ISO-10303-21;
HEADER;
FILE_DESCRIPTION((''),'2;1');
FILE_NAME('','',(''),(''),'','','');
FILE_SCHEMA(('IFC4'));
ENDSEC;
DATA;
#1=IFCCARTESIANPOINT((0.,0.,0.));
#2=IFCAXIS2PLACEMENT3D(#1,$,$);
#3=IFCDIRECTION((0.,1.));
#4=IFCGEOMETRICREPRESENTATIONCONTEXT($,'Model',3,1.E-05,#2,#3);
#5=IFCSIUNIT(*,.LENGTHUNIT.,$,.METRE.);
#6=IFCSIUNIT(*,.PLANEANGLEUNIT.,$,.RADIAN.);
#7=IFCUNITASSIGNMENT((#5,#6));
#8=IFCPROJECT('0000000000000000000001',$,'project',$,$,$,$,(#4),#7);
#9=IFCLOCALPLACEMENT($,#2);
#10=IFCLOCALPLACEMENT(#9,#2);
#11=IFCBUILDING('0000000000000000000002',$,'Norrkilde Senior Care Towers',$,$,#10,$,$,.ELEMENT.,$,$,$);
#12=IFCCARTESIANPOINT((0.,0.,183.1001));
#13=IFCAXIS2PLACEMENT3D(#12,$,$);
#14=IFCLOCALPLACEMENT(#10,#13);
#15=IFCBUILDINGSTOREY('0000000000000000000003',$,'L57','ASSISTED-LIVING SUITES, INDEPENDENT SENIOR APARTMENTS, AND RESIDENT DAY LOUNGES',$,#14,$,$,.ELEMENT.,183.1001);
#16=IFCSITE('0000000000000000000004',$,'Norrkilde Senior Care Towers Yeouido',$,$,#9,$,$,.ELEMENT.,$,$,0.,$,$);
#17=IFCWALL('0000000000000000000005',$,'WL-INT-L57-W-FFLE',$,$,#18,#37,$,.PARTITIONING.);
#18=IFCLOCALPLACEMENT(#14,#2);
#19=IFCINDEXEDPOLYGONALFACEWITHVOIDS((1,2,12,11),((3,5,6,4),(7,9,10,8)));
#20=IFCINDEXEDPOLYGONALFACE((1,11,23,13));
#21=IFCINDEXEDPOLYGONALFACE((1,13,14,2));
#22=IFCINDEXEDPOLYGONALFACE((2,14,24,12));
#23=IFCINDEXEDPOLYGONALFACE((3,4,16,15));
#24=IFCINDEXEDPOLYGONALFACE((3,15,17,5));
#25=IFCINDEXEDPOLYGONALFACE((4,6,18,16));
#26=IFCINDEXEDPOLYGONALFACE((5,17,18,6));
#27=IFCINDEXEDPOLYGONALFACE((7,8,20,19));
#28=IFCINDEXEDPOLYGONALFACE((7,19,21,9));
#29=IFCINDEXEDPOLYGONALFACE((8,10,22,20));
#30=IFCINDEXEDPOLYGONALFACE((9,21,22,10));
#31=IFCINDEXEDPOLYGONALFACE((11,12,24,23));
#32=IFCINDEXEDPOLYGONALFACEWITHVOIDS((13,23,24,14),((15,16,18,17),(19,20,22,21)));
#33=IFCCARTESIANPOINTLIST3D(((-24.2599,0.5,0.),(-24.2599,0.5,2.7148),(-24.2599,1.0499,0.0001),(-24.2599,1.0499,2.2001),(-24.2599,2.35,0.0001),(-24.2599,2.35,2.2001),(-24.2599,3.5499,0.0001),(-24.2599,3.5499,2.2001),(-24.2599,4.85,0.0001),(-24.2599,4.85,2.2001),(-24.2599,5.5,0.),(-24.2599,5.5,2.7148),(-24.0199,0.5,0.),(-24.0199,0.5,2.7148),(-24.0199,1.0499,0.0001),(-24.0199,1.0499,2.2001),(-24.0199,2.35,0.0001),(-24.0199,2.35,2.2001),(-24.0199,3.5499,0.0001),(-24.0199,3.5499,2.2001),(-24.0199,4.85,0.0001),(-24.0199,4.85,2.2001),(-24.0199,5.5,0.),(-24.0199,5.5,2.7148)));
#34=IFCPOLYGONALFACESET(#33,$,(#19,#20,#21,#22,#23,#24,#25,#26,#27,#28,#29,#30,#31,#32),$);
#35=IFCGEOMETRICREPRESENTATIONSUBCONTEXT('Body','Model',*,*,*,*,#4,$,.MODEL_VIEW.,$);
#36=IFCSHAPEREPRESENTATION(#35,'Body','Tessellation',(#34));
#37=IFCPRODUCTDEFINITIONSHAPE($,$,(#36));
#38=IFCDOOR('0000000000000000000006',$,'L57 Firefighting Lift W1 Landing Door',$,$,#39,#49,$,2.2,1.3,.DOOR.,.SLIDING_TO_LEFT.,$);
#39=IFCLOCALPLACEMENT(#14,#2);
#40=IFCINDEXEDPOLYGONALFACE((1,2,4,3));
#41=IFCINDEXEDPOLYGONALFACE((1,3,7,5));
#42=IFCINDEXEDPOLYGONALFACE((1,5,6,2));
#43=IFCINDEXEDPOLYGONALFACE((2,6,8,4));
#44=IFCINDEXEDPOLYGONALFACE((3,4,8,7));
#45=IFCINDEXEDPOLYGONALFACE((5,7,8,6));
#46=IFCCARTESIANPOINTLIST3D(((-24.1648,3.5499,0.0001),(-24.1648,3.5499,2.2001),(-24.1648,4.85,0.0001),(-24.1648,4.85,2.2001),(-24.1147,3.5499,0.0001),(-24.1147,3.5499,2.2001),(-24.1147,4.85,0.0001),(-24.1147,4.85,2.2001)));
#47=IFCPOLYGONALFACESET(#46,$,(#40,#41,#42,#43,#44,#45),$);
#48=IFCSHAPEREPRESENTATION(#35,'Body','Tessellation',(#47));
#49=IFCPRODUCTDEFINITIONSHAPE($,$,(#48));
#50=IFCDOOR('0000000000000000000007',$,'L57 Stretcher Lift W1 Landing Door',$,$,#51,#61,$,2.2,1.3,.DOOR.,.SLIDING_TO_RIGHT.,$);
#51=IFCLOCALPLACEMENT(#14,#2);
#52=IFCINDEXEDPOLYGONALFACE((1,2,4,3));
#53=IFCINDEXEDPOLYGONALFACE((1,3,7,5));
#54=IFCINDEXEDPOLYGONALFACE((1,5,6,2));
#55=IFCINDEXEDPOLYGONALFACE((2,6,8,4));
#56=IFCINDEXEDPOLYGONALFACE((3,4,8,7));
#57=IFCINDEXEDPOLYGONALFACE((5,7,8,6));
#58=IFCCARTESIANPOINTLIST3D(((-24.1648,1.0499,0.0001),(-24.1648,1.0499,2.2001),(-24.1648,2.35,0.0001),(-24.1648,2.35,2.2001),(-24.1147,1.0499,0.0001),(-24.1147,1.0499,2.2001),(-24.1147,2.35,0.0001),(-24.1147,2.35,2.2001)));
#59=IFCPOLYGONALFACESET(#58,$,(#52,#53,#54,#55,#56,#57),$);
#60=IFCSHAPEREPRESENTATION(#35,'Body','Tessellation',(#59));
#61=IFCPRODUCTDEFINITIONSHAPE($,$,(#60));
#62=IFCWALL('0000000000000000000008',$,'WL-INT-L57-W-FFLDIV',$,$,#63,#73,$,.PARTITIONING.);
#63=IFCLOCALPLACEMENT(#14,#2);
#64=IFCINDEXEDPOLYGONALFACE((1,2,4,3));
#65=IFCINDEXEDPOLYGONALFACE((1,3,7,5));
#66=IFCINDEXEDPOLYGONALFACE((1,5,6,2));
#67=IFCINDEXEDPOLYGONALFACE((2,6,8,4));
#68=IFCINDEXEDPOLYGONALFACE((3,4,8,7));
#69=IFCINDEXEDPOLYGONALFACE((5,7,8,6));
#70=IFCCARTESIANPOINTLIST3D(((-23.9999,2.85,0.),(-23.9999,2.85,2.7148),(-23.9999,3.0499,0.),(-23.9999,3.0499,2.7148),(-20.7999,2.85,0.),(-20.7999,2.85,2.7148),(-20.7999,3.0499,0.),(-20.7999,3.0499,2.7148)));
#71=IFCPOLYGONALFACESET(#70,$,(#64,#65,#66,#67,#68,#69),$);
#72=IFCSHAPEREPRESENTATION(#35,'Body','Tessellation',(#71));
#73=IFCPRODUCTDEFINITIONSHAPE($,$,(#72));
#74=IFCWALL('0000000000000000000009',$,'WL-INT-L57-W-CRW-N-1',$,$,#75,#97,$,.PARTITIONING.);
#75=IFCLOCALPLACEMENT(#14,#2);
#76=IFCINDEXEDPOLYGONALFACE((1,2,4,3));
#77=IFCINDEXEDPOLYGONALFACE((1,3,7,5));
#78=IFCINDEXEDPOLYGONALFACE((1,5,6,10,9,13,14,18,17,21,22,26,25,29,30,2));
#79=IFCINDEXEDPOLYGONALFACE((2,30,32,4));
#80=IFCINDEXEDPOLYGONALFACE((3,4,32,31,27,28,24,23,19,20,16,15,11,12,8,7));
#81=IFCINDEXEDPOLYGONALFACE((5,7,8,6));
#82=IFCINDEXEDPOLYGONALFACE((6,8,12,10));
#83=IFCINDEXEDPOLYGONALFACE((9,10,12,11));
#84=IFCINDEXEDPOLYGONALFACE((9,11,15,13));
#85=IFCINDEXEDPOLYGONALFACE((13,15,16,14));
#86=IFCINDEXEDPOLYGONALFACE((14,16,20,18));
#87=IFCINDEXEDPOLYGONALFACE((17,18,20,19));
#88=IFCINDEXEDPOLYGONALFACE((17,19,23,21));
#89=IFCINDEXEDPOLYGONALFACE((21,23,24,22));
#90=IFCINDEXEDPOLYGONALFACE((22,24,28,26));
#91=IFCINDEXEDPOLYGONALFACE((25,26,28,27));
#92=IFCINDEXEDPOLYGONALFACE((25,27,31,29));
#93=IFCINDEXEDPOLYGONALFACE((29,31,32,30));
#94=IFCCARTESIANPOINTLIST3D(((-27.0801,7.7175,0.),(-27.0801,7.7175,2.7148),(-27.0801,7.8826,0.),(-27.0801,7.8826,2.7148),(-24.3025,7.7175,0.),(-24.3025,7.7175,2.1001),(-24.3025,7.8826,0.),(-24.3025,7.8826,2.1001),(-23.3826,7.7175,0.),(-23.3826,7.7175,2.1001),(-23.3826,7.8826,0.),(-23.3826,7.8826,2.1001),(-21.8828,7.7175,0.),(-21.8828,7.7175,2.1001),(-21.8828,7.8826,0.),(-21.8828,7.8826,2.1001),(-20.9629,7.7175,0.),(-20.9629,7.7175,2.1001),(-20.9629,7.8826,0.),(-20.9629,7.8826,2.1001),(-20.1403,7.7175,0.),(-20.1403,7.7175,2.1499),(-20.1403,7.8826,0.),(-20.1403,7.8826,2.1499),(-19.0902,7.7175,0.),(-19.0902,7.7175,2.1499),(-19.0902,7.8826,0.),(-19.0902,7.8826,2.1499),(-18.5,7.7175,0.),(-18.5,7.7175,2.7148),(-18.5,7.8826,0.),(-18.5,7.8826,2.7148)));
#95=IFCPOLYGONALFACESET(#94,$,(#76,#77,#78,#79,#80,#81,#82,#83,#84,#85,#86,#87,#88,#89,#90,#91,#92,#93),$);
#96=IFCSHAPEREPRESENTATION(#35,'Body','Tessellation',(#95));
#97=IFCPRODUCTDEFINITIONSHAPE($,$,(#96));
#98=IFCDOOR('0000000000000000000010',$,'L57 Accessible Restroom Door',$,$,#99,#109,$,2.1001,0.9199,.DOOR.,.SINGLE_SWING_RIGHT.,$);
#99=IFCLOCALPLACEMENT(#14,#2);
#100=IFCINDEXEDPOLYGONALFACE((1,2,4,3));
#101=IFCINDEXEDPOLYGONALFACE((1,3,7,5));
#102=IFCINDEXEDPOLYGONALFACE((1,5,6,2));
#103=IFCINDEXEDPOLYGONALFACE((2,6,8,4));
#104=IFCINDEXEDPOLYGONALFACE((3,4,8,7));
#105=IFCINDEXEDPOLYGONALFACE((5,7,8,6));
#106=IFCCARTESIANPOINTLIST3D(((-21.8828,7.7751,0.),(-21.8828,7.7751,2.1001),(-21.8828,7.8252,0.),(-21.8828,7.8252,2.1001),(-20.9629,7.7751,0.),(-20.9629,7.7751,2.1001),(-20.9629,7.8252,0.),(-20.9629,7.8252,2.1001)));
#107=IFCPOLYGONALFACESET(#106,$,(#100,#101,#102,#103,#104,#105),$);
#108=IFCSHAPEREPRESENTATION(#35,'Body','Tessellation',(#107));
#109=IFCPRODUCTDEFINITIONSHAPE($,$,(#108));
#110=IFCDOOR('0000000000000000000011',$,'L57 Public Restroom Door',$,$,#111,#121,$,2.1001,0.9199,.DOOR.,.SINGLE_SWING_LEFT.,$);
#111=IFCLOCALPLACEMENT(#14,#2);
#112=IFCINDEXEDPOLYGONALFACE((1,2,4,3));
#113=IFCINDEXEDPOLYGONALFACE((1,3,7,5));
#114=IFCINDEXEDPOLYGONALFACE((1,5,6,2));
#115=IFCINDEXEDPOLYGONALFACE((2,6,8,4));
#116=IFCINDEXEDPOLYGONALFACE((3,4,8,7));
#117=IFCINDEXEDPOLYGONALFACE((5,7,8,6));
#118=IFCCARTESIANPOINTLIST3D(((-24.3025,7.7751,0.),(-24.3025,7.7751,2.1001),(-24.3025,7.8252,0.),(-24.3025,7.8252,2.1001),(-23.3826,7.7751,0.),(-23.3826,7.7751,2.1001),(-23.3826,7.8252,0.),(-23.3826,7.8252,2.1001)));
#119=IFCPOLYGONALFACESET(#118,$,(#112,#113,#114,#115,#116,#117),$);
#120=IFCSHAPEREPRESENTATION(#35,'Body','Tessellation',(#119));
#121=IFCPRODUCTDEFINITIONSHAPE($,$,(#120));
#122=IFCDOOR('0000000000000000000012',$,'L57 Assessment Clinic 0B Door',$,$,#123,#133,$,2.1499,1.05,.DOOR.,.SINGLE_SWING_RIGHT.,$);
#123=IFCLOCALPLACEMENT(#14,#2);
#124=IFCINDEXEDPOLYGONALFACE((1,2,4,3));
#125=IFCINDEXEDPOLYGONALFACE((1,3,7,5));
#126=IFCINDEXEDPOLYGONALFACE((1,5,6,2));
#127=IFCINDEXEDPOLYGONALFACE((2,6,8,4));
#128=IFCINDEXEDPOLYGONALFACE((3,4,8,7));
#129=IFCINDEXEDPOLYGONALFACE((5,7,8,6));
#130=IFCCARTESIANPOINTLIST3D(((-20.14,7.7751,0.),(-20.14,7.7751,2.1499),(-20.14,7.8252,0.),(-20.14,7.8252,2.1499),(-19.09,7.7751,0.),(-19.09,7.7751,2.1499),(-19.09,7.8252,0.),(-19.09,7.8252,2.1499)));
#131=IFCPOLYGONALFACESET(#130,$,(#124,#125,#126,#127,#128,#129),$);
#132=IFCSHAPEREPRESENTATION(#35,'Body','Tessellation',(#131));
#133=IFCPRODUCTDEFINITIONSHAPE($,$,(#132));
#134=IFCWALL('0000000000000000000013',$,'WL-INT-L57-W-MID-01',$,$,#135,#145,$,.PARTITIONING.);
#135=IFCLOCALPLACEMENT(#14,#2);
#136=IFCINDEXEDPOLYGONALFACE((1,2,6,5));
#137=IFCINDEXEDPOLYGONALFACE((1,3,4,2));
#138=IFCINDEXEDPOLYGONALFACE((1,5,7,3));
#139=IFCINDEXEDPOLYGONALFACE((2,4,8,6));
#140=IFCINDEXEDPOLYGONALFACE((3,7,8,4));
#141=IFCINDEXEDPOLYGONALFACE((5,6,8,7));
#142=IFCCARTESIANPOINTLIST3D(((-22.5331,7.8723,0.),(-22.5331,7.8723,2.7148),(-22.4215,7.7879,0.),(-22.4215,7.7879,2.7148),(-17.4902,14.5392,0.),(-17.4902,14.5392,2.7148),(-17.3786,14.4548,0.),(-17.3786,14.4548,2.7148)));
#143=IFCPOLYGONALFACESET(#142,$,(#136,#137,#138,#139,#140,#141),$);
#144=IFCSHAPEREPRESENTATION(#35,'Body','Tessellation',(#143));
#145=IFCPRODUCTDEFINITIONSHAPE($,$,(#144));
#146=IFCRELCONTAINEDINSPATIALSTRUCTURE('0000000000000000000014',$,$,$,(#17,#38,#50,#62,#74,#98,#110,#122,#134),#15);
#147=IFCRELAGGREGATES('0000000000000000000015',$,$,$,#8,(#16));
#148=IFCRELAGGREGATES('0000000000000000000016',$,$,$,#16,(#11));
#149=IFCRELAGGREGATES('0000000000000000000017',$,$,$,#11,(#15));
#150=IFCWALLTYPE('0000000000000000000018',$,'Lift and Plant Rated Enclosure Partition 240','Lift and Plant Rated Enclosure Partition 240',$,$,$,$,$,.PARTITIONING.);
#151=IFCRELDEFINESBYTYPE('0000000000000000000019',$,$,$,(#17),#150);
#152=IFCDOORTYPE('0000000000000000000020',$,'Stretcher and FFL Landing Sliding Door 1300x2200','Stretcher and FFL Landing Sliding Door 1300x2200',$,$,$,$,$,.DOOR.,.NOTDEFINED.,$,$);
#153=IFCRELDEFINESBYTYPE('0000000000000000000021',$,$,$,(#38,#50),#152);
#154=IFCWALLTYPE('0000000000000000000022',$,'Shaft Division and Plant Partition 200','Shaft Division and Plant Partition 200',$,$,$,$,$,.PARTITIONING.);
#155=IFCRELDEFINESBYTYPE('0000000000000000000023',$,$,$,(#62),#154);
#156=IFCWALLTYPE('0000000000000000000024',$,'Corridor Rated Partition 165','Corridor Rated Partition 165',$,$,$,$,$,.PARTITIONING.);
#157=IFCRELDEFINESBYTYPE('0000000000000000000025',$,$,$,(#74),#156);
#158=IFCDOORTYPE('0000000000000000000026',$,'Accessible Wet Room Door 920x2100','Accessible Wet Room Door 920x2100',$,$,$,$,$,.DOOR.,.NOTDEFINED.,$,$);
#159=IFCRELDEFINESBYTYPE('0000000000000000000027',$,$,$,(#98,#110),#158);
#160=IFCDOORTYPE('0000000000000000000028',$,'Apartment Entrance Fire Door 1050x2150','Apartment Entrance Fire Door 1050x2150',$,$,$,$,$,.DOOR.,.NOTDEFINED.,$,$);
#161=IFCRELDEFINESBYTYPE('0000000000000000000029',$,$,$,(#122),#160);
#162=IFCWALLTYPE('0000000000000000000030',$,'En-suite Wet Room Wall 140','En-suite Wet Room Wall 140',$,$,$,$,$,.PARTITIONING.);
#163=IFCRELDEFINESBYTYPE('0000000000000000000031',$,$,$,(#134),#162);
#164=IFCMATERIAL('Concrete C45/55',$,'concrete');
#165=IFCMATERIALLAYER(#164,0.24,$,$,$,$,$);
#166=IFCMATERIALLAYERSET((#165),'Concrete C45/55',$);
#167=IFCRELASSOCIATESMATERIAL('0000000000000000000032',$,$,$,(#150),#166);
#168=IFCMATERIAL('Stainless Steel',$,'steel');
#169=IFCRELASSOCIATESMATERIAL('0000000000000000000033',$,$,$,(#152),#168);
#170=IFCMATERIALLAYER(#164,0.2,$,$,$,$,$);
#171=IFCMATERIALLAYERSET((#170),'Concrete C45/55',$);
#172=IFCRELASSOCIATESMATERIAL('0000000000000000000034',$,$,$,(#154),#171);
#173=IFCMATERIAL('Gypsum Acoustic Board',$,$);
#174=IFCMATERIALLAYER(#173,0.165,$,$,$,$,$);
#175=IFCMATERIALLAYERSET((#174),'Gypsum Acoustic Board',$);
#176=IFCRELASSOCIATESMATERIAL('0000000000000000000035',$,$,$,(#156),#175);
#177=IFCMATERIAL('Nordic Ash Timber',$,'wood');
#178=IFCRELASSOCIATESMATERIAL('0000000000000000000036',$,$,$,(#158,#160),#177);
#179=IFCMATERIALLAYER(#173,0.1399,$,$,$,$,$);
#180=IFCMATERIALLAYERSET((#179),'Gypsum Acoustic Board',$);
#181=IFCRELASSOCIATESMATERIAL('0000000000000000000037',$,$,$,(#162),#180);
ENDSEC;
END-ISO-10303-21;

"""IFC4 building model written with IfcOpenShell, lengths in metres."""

from ifc_helpers import new_model, si_unit, direction, frame, frame_2d, origin, place, context, subcontext, project, spatial, rectangle, extrude, source, transform, mapped, material, layer, layer_set, type_object, type_shapes, element, fill, save


model = new_model("IFC4")

# Units and contexts
model_context = context("Model", 3, precision=1e-05, world=origin(), true_north=direction((0.0, 1.0)))
body_context = subcontext(model_context, "Body", "Model", "MODEL_VIEW")
ifc_project = project(units=[si_unit("LENGTHUNIT", "METRE"), si_unit("PLANEANGLEUNIT", "RADIAN")], contexts=[model_context])

# Site, building, storey
site_placement = place(None, origin())
site = spatial("IfcSite", under=ifc_project, at=site_placement, Name="Norrkilde Senior Care Towers Yeouido", CompositionType="ELEMENT", RefElevation=0.0)
building_placement = place(site_placement, origin())
building = spatial("IfcBuilding", under=site, at=building_placement, Name="Norrkilde Senior Care Towers", CompositionType="ELEMENT")
storey_placement = place(building_placement, frame((0.0, 0.0, 183.1001)))
storey = spatial("IfcBuildingStorey", under=building, at=storey_placement, Name="L57", Description="ASSISTED-LIVING SUITES, INDEPENDENT SENIOR APARTMENTS, AND RESIDENT DAY LOUNGES", CompositionType="ELEMENT", Elevation=183.1001)

# Shared definitions
ifc_material_1 = material(Name="Concrete C45/55", Category="concrete")

# Wall, openings, doors
ifc_layer_1 = layer(ifc_material_1, 0.24)
ifc_layer_set_1 = layer_set([ifc_layer_1], Name="Concrete C45/55")
wall_type_1 = type_object("IfcWallType", Name="Lift and Plant Rated Enclosure Partition 240", Description="Lift and Plant Rated Enclosure Partition 240", PredefinedType="PARTITIONING", material=ifc_layer_set_1)
shared_shape_1 = source(origin(), body_context, "Body", "SweptSolid", [
    extrude(rectangle(XDim=5.0, YDim=0.24, at=frame_2d((2.5, 0.0))), origin(), (0.0, 0.0, 1.0), 2.7148),
])
type_shapes(wall_type_1, [shared_shape_1])
wall_1_placement = place(storey_placement, frame((-24.1399, 0.5, 0.0), z_axis=(0.0, 0.0, 1.0), x_axis=(0.0, 1.0, 0.0)))
wall_1 = element("IfcWall", 1, at=wall_1_placement, inside=storey, type_object=wall_type_1, Name="WL-INT-L57-W-FFLE", PredefinedType="PARTITIONING", context=body_context, shape_type="MappedRepresentation", body=[
    mapped(shared_shape_1, transform((0.0, 0.0, 0.0), x_axis=(1.0, 0.0, 0.0), y_axis=(0.0, 1.0, 0.0), z_axis=(0.0, 0.0, 1.0), scale=1.0)),
])
opening_1_placement = place(wall_1_placement, frame((3.05, 0.0, 0.0)))
opening_1 = element("IfcOpeningElement", 2, at=opening_1_placement, cuts=wall_1, PredefinedType="OPENING", context=body_context, shape_type="SweptSolid", body=[
    extrude(rectangle(XDim=1.3, YDim=2.2, at=frame_2d((0.6499, 1.1001))), frame((0.0, 0.1299, 0.0), z_axis=(0.0, -1.0, 0.0), x_axis=(1.0, 0.0, 0.0)), (0.0, 0.0, 1.0), 0.26),
])
opening_2_placement = place(wall_1_placement, frame((0.55, 0.0, 0.0)))
opening_2 = element("IfcOpeningElement", 3, at=opening_2_placement, cuts=wall_1, PredefinedType="OPENING", context=body_context, shape_type="SweptSolid", body=[
    extrude(rectangle(XDim=1.3, YDim=2.2, at=frame_2d((0.6499, 1.1001))), frame((0.0, 0.1299, 0.0), z_axis=(0.0, -1.0, 0.0), x_axis=(1.0, 0.0, 0.0)), (0.0, 0.0, 1.0), 0.26),
])
ifc_material_2 = material(Name="Stainless Steel", Category="steel")
door_type_1 = type_object("IfcDoorType", Name="Stretcher and FFL Landing Sliding Door 1300x2200", Description="Stretcher and FFL Landing Sliding Door 1300x2200", OperationType="NOTDEFINED", PredefinedType="DOOR", material=ifc_material_2)
shared_shape_2 = source(origin(), body_context, "Body", "SweptSolid", [
    extrude(rectangle(XDim=1.3, YDim=2.2, at=frame_2d((0.6499, 1.1001))), frame((0.0, 0.0249, 0.0), z_axis=(0.0, -1.0, 0.0), x_axis=(1.0, 0.0, 0.0)), (0.0, 0.0, 1.0), 0.05),
])
type_shapes(door_type_1, [shared_shape_2])
door_1_placement = place(opening_1_placement, origin())
door_1 = element("IfcDoor", 4, at=door_1_placement, inside=storey, type_object=door_type_1, Name="L57 Firefighting Lift W1 Landing Door", OperationType="SLIDING_TO_LEFT", OverallHeight=2.2, OverallWidth=1.3, PredefinedType="DOOR", context=body_context, shape_type="MappedRepresentation", body=[
    mapped(shared_shape_2, transform((0.0, 0.0, 0.0), x_axis=(1.0, 0.0, 0.0), y_axis=(0.0, 1.0, 0.0), z_axis=(0.0, 0.0, 1.0), scale=1.0)),
])
fill(opening_1, door_1)
door_2_placement = place(opening_2_placement, origin())
door_2 = element("IfcDoor", 5, at=door_2_placement, inside=storey, type_object=door_type_1, Name="L57 Stretcher Lift W1 Landing Door", OperationType="SLIDING_TO_RIGHT", OverallHeight=2.2, OverallWidth=1.3, PredefinedType="DOOR", context=body_context, shape_type="MappedRepresentation", body=[
    mapped(shared_shape_2, transform((0.0, 0.0, 0.0), x_axis=(1.0, 0.0, 0.0), y_axis=(0.0, 1.0, 0.0), z_axis=(0.0, 0.0, 1.0), scale=1.0)),
])
fill(opening_2, door_2)

# Wall
ifc_layer_2 = layer(ifc_material_1, 0.2)
ifc_layer_set_2 = layer_set([ifc_layer_2], Name="Concrete C45/55")
wall_type_2 = type_object("IfcWallType", Name="Shaft Division and Plant Partition 200", Description="Shaft Division and Plant Partition 200", PredefinedType="PARTITIONING", material=ifc_layer_set_2)
shared_shape_3 = source(origin(), body_context, "Body", "SweptSolid", [
    extrude(rectangle(XDim=3.2, YDim=0.2, at=frame_2d((1.6001, 0.0))), origin(), (0.0, 0.0, 1.0), 2.7148),
])
type_shapes(wall_type_2, [shared_shape_3])
wall_2_placement = place(storey_placement, frame((-24.0, 2.95, 0.0), z_axis=(0.0, 0.0, 1.0), x_axis=(1.0, 0.0, 0.0)))
element("IfcWall", 6, at=wall_2_placement, inside=storey, type_object=wall_type_2, Name="WL-INT-L57-W-FFLDIV", PredefinedType="PARTITIONING", context=body_context, shape_type="MappedRepresentation", body=[
    mapped(shared_shape_3, transform((0.0, 0.0, 0.0), x_axis=(1.0, 0.0, 0.0), y_axis=(0.0, 1.0, 0.0), z_axis=(0.0, 0.0, 1.0), scale=1.0)),
])

# Wall, openings, doors
ifc_material_3 = material(Name="Gypsum Acoustic Board")
ifc_layer_3 = layer(ifc_material_3, 0.165)
ifc_layer_set_3 = layer_set([ifc_layer_3], Name="Gypsum Acoustic Board")
wall_type_3 = type_object("IfcWallType", Name="Corridor Rated Partition 165", Description="Corridor Rated Partition 165", PredefinedType="PARTITIONING", material=ifc_layer_set_3)
shared_shape_4 = source(origin(), body_context, "Body", "SweptSolid", [
    extrude(rectangle(XDim=8.5801, YDim=0.165, at=frame_2d((4.29, 0.0))), origin(), (0.0, 0.0, 1.0), 2.7148),
])
type_shapes(wall_type_3, [shared_shape_4])
wall_3_placement = place(storey_placement, frame((-27.0801, 7.8, 0.0), z_axis=(0.0, 0.0, 1.0), x_axis=(1.0, 0.0, 0.0)))
wall_3 = element("IfcWall", 7, at=wall_3_placement, inside=storey, type_object=wall_type_3, Name="WL-INT-L57-W-CRW-N-1", PredefinedType="PARTITIONING", context=body_context, shape_type="MappedRepresentation", body=[
    mapped(shared_shape_4, transform((0.0, 0.0, 0.0), x_axis=(1.0, 0.0, 0.0), y_axis=(0.0, 1.0, 0.0), z_axis=(0.0, 0.0, 1.0), scale=1.0)),
])
opening_3_placement = place(wall_3_placement, frame((6.9399, 0.0, 0.0)))
opening_3 = element("IfcOpeningElement", 8, at=opening_3_placement, cuts=wall_3, PredefinedType="OPENING", context=body_context, shape_type="SweptSolid", body=[
    extrude(rectangle(XDim=1.05, YDim=2.1499, at=frame_2d((0.5249, 1.075))), frame((0.0, 0.0925, 0.0), z_axis=(0.0, -1.0, 0.0), x_axis=(1.0, 0.0, 0.0)), (0.0, 0.0, 1.0), 0.1851),
])
opening_4_placement = place(wall_3_placement, frame((5.1973, 0.0, 0.0)))
opening_4 = element("IfcOpeningElement", 9, at=opening_4_placement, cuts=wall_3, PredefinedType="OPENING", context=body_context, shape_type="SweptSolid", body=[
    extrude(rectangle(XDim=0.9199, YDim=2.1001, at=frame_2d((0.46, 1.05))), frame((0.0, 0.0925, 0.0), z_axis=(0.0, -1.0, 0.0), x_axis=(1.0, 0.0, 0.0)), (0.0, 0.0, 1.0), 0.1851),
])
opening_5_placement = place(wall_3_placement, frame((2.7776, 0.0, 0.0)))
opening_5 = element("IfcOpeningElement", 10, at=opening_5_placement, cuts=wall_3, PredefinedType="OPENING", context=body_context, shape_type="SweptSolid", body=[
    extrude(rectangle(XDim=0.9199, YDim=2.1001, at=frame_2d((0.46, 1.05))), frame((0.0, 0.0925, 0.0), z_axis=(0.0, -1.0, 0.0), x_axis=(1.0, 0.0, 0.0)), (0.0, 0.0, 1.0), 0.1851),
])
ifc_material_4 = material(Name="Nordic Ash Timber", Category="wood")
door_type_2 = type_object("IfcDoorType", Name="Accessible Wet Room Door 920x2100", Description="Accessible Wet Room Door 920x2100", OperationType="NOTDEFINED", PredefinedType="DOOR", material=ifc_material_4)
shared_shape_5 = source(origin(), body_context, "Body", "SweptSolid", [
    extrude(rectangle(XDim=0.9199, YDim=2.1001, at=frame_2d((0.46, 1.05))), frame((0.0, 0.0249, 0.0), z_axis=(0.0, -1.0, 0.0), x_axis=(1.0, 0.0, 0.0)), (0.0, 0.0, 1.0), 0.05),
])
type_shapes(door_type_2, [shared_shape_5])
door_3_placement = place(opening_4_placement, frame((0.9199, 0.0, 0.0), z_axis=(0.0, 0.0, 1.0), x_axis=(-1.0, 0.0, 0.0)))
door_3 = element("IfcDoor", 11, at=door_3_placement, inside=storey, type_object=door_type_2, Name="L57 Accessible Restroom Door", OperationType="SINGLE_SWING_RIGHT", OverallHeight=2.1001, OverallWidth=0.9199, PredefinedType="DOOR", context=body_context, shape_type="MappedRepresentation", body=[
    mapped(shared_shape_5, transform((0.0, 0.0, 0.0), x_axis=(1.0, 0.0, 0.0), y_axis=(0.0, 1.0, 0.0), z_axis=(0.0, 0.0, 1.0), scale=1.0)),
])
fill(opening_4, door_3)
door_4_placement = place(opening_5_placement, frame((0.9199, 0.0, 0.0), z_axis=(0.0, 0.0, 1.0), x_axis=(-1.0, 0.0, 0.0)))
door_4 = element("IfcDoor", 12, at=door_4_placement, inside=storey, type_object=door_type_2, Name="L57 Public Restroom Door", OperationType="SINGLE_SWING_LEFT", OverallHeight=2.1001, OverallWidth=0.9199, PredefinedType="DOOR", context=body_context, shape_type="MappedRepresentation", body=[
    mapped(shared_shape_5, transform((0.0, 0.0, 0.0), x_axis=(1.0, 0.0, 0.0), y_axis=(0.0, 1.0, 0.0), z_axis=(0.0, 0.0, 1.0), scale=1.0)),
])
fill(opening_5, door_4)
door_type_3 = type_object("IfcDoorType", Name="Apartment Entrance Fire Door 1050x2150", Description="Apartment Entrance Fire Door 1050x2150", OperationType="NOTDEFINED", PredefinedType="DOOR", material=ifc_material_4)
shared_shape_6 = source(origin(), body_context, "Body", "SweptSolid", [
    extrude(rectangle(XDim=1.05, YDim=2.1499, at=frame_2d((0.5249, 1.075))), frame((0.0, 0.0249, 0.0), z_axis=(0.0, -1.0, 0.0), x_axis=(1.0, 0.0, 0.0)), (0.0, 0.0, 1.0), 0.05),
])
type_shapes(door_type_3, [shared_shape_6])
door_5_placement = place(opening_3_placement, frame((1.05, 0.0, 0.0), z_axis=(0.0, 0.0, 1.0), x_axis=(-1.0, 0.0, 0.0)))
door_5 = element("IfcDoor", 13, at=door_5_placement, inside=storey, type_object=door_type_3, Name="L57 Assessment Clinic 0B Door", OperationType="SINGLE_SWING_RIGHT", OverallHeight=2.1499, OverallWidth=1.05, PredefinedType="DOOR", context=body_context, shape_type="MappedRepresentation", body=[
    mapped(shared_shape_6, transform((0.0, 0.0, 0.0), x_axis=(1.0, 0.0, 0.0), y_axis=(0.0, 1.0, 0.0), z_axis=(0.0, 0.0, 1.0), scale=1.0)),
])
fill(opening_3, door_5)

# Wall
ifc_layer_4 = layer(ifc_material_3, 0.1399)
ifc_layer_set_4 = layer_set([ifc_layer_4], Name="Gypsum Acoustic Board")
wall_type_4 = type_object("IfcWallType", Name="En-suite Wet Room Wall 140", Description="En-suite Wet Room Wall 140", PredefinedType="PARTITIONING", material=ifc_layer_set_4)
shared_shape_7 = source(origin(), body_context, "Body", "SweptSolid", [
    extrude(rectangle(XDim=8.3594, YDim=0.1399, at=frame_2d((4.1797, 0.0))), origin(), (0.0, 0.0, 1.0), 2.7148),
])
type_shapes(wall_type_4, [shared_shape_7])
wall_4_placement = place(storey_placement, frame((-22.4773, 7.8301, 0.0), z_axis=(0.0, 0.0, 1.0), x_axis=(0.603266, 0.79754, 0.0)))
element("IfcWall", 14, at=wall_4_placement, inside=storey, type_object=wall_type_4, Name="WL-INT-L57-W-MID-01", PredefinedType="PARTITIONING", context=body_context, shape_type="MappedRepresentation", body=[
    mapped(shared_shape_7, transform((0.0, 0.0, 0.0), x_axis=(1.0, 0.0, 0.0), y_axis=(0.0, 1.0, 0.0), z_axis=(0.0, 0.0, 1.0), scale=1.0)),
])

save(model, "model.ifc")
